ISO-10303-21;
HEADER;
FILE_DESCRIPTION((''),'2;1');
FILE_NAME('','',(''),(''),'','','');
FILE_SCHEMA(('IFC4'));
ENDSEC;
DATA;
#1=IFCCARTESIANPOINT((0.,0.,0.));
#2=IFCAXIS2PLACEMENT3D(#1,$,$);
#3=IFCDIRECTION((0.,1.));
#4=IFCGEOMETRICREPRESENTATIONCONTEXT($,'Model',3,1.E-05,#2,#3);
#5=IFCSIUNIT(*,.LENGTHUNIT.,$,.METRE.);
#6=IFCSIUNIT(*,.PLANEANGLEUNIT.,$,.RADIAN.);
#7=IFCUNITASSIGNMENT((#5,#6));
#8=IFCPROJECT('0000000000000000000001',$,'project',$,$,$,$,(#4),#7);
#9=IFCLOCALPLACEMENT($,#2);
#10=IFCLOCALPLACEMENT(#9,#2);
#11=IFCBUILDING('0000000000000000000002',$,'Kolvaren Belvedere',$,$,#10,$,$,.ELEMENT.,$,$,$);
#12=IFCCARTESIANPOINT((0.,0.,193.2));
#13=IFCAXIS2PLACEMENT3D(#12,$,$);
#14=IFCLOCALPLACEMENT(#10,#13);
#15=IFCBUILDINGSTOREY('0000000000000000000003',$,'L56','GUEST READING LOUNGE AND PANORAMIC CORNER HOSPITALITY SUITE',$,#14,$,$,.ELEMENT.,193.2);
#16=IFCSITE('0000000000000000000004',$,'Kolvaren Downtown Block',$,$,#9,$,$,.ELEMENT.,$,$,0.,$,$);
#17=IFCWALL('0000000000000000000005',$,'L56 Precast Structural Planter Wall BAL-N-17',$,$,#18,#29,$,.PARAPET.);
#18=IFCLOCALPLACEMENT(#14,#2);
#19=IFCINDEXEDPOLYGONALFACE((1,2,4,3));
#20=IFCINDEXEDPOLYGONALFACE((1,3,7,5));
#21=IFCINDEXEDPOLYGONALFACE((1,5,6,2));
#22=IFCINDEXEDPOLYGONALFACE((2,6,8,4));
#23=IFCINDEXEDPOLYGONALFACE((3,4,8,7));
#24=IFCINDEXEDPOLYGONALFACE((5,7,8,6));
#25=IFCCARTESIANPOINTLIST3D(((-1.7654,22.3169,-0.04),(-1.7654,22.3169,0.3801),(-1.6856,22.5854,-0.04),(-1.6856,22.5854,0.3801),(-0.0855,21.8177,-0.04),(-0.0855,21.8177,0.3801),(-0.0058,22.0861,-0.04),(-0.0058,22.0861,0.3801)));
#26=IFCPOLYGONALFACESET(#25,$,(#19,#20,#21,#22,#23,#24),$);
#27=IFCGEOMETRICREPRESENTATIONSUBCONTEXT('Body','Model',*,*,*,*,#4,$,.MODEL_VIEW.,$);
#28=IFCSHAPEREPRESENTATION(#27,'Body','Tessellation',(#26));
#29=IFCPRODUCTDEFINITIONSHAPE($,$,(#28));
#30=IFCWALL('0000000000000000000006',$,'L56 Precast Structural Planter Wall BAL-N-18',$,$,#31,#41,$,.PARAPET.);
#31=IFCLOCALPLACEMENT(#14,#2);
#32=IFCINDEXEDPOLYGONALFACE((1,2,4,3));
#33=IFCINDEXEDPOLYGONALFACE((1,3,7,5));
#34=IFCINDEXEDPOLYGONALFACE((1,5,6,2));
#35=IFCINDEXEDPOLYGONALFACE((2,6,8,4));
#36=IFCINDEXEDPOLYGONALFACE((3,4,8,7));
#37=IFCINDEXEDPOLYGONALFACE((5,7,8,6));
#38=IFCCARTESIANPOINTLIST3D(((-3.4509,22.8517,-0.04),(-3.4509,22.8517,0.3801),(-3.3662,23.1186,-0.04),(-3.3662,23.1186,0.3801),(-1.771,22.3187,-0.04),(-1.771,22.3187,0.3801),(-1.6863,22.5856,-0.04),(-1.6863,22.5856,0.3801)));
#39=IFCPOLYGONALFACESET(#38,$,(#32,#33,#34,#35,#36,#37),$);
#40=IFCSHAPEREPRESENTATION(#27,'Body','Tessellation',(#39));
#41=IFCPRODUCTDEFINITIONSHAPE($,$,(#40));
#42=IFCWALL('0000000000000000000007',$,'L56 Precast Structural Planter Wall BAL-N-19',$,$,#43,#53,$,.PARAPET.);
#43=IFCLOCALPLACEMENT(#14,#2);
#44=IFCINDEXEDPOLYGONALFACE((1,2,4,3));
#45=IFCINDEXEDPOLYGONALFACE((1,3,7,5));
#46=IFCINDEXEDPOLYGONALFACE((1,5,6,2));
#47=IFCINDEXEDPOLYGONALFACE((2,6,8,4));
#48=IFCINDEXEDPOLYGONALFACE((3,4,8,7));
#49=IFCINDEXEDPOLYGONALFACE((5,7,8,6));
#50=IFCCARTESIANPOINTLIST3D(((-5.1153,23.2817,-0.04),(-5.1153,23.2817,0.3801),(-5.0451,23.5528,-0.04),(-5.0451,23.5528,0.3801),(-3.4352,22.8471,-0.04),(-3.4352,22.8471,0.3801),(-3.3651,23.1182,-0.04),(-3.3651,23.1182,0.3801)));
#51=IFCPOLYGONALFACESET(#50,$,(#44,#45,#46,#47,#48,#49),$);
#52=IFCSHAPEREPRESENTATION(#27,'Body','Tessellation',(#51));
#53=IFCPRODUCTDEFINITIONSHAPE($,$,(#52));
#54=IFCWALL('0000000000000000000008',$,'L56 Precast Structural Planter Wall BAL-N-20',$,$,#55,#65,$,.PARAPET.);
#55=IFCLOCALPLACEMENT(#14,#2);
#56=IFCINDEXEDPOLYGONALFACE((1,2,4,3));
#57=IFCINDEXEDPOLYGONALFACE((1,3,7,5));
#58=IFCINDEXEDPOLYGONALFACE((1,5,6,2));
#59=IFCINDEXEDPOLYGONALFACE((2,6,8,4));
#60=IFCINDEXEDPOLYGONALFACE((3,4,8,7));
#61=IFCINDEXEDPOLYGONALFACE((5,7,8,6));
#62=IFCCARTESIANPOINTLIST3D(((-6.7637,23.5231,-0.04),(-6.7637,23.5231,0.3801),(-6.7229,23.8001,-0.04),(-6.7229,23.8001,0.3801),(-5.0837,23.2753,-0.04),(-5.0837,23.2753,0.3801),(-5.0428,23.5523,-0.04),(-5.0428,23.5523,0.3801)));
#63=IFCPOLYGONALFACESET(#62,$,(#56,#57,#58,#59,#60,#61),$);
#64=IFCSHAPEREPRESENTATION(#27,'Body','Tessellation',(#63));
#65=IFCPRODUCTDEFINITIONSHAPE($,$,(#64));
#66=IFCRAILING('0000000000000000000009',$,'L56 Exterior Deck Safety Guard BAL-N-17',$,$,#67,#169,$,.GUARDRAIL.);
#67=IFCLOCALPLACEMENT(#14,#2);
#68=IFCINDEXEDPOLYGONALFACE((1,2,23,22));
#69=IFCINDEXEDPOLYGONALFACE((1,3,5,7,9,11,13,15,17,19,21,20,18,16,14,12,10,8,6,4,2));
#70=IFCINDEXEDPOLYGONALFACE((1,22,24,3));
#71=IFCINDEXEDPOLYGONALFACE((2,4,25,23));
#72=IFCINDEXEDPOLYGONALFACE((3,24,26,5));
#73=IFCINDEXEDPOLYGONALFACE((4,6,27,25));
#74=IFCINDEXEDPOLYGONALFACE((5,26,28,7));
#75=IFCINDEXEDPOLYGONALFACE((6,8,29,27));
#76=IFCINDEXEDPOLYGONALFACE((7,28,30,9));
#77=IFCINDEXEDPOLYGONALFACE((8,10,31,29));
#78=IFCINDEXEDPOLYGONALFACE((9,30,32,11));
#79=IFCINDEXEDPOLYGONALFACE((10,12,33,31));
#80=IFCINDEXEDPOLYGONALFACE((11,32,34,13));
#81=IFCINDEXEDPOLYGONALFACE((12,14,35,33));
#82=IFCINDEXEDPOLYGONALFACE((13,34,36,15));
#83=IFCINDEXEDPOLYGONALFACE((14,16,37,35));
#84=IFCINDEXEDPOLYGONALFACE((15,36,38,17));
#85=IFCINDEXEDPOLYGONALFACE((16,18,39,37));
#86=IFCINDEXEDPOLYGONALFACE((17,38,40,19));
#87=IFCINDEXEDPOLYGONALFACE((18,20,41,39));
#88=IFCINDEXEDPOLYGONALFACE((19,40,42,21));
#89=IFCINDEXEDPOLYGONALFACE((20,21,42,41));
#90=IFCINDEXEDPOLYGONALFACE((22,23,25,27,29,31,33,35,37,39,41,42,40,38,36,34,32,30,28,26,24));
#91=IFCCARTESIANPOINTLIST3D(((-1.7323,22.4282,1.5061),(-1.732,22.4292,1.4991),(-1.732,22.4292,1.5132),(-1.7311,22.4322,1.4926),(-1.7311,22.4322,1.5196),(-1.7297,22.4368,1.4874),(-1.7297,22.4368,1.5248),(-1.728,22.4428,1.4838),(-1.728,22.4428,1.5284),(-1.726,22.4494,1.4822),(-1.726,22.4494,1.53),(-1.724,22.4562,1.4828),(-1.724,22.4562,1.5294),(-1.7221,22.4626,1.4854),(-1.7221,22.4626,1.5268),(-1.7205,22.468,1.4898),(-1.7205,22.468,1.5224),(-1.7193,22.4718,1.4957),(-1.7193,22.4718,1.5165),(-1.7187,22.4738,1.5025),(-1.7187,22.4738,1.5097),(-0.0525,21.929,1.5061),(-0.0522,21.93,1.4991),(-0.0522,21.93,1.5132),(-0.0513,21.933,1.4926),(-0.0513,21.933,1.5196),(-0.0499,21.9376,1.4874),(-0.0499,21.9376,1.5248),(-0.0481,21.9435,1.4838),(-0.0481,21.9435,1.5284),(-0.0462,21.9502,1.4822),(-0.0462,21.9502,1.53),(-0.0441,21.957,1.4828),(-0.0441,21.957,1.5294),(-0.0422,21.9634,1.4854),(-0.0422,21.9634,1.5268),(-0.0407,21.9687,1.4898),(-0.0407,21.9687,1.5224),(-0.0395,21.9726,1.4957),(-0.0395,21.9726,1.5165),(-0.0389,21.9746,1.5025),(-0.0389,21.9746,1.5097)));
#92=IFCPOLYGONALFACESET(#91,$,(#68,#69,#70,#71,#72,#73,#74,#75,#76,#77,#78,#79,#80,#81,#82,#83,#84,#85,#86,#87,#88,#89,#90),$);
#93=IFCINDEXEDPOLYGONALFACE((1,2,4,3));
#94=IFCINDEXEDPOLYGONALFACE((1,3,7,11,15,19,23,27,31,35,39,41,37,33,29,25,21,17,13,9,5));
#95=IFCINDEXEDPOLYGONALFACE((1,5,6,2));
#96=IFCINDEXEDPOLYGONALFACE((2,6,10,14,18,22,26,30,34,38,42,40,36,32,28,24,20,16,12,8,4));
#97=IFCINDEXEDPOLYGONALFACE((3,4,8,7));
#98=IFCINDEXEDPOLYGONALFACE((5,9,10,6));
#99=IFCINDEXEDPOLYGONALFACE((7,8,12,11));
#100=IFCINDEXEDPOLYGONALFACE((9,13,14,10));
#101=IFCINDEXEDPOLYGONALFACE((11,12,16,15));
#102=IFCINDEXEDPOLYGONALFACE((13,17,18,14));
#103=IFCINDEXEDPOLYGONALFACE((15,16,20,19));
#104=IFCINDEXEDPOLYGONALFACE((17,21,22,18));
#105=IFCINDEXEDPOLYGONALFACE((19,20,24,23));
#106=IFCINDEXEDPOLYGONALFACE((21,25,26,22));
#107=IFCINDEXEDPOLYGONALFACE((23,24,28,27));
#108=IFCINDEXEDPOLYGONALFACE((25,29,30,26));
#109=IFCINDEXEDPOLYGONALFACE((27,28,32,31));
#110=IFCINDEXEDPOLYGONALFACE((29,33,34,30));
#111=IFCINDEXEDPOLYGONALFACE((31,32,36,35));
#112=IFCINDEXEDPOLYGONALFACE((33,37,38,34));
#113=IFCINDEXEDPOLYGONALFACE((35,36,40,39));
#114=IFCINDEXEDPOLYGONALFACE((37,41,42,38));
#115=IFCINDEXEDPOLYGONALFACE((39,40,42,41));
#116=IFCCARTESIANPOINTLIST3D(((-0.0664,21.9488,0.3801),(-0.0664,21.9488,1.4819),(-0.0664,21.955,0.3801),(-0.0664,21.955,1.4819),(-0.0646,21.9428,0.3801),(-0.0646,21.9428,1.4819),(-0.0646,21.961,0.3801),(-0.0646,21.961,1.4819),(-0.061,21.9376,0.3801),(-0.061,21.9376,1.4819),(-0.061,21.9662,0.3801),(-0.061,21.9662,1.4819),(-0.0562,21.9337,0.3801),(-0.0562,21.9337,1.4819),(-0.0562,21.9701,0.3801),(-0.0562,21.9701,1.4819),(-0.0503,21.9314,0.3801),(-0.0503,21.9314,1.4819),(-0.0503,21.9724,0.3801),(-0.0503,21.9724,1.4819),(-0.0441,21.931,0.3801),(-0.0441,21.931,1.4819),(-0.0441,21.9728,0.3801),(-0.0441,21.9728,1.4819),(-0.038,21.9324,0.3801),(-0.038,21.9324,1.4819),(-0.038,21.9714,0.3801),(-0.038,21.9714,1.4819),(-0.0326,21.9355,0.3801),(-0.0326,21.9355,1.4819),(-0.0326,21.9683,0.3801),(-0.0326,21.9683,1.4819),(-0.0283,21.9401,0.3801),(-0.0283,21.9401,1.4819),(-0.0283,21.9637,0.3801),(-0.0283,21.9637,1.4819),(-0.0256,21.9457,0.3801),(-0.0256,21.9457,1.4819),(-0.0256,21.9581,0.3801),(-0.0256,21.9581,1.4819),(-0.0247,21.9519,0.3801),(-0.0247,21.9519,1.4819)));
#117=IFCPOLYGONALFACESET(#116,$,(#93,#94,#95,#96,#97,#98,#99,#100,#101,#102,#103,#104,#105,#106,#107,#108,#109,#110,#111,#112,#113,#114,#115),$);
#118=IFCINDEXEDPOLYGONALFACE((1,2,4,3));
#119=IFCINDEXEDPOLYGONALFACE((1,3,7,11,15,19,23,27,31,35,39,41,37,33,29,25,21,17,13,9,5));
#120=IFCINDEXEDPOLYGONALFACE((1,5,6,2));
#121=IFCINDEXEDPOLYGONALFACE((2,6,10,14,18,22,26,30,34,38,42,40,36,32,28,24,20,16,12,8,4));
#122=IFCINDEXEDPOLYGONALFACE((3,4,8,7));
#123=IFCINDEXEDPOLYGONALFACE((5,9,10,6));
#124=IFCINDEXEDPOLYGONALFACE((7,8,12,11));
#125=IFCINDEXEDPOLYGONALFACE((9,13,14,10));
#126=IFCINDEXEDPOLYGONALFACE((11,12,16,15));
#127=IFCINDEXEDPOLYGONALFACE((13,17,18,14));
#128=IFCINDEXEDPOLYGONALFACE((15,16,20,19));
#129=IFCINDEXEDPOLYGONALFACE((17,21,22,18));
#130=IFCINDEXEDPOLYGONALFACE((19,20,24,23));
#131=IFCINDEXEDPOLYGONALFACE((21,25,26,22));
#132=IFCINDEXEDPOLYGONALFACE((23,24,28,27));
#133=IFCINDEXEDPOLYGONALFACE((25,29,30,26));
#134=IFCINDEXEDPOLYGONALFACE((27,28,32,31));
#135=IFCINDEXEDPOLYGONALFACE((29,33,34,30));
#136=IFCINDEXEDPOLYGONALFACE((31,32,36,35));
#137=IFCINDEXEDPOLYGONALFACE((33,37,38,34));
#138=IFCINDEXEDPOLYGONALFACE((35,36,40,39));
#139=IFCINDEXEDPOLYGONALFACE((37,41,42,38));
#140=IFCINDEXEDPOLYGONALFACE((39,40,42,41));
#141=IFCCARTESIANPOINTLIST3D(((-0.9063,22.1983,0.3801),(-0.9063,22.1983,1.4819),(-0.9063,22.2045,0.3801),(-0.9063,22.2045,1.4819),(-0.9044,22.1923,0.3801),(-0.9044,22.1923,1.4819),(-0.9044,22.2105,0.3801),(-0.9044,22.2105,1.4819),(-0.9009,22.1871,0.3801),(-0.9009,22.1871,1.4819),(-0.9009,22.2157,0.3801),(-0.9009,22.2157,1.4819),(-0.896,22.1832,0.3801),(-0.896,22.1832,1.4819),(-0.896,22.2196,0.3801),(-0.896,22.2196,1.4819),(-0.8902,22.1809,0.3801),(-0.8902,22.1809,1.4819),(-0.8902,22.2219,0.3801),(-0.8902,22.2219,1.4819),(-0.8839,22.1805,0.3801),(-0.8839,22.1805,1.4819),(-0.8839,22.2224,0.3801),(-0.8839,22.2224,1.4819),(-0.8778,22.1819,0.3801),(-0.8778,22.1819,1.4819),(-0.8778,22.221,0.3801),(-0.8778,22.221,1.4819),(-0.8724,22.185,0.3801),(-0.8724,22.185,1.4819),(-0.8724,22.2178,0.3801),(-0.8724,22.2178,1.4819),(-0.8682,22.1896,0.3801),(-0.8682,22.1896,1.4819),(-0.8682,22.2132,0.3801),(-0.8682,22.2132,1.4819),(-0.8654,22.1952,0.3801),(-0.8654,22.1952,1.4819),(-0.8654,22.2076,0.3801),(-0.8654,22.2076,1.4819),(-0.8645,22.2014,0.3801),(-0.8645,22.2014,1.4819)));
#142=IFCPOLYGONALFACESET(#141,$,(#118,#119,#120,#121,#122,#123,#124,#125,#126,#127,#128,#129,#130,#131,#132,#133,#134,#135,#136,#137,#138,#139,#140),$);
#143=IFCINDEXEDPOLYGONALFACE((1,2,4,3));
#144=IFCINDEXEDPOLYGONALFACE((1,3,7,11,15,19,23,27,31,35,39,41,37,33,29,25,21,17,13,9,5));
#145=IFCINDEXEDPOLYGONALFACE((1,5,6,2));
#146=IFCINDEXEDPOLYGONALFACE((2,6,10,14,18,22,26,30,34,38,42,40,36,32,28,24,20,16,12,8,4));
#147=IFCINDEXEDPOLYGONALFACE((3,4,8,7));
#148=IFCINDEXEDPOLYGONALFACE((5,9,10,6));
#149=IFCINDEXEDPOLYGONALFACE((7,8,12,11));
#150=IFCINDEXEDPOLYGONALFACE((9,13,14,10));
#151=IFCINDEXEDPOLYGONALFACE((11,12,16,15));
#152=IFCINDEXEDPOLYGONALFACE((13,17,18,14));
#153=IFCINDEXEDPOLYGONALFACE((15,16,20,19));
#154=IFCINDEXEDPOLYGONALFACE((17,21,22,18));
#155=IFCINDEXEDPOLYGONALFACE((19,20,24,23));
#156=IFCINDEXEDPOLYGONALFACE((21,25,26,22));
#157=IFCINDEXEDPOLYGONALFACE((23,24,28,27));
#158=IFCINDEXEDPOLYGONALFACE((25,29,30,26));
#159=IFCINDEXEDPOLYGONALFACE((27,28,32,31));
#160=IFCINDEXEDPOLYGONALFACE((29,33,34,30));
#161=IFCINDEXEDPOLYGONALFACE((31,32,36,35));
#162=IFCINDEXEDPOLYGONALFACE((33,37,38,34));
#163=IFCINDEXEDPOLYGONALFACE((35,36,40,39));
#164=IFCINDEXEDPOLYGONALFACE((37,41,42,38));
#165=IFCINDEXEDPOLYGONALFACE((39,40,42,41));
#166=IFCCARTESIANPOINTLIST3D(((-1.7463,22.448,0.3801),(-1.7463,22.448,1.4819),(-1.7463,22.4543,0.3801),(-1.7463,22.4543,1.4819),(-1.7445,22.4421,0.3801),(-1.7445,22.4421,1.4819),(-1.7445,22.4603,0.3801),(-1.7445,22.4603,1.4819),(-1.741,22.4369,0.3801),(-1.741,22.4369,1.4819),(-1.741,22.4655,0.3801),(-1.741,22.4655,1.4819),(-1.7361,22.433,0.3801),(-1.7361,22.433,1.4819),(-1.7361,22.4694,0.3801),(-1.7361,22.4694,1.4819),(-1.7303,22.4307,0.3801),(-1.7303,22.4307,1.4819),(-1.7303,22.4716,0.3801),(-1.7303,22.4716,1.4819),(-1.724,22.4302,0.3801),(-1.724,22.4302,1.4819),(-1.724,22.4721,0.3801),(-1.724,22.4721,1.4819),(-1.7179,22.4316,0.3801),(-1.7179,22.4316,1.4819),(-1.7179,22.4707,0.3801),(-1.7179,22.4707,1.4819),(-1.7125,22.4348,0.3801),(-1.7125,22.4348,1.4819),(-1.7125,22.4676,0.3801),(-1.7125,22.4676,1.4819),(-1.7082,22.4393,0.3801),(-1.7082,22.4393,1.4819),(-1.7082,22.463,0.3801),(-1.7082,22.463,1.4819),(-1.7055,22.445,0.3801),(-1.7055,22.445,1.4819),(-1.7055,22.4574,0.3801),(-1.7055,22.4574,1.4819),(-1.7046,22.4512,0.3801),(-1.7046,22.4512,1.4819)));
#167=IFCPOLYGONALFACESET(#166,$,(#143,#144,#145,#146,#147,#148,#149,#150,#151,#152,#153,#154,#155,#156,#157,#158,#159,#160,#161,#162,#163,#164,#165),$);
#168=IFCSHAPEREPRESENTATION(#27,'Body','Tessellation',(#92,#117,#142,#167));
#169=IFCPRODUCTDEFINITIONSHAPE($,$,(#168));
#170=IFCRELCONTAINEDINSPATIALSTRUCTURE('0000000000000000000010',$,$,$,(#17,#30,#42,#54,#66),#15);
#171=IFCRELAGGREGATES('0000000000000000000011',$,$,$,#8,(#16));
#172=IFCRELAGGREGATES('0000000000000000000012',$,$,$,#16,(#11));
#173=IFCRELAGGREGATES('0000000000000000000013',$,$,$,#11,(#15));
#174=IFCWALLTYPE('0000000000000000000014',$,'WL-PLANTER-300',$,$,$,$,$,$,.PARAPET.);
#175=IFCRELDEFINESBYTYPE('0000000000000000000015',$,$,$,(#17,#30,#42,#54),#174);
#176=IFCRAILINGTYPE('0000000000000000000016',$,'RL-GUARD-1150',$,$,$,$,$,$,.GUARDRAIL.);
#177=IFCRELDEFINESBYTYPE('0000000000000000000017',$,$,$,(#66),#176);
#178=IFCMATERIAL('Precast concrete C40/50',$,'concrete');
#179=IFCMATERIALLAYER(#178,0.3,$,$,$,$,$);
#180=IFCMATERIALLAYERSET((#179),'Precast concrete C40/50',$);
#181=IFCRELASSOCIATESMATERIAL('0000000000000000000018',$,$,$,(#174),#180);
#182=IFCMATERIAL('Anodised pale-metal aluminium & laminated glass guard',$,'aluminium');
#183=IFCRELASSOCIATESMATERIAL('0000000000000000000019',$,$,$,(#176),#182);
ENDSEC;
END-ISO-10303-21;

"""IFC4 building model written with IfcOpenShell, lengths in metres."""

from ifc_helpers import new_model, si_unit, direction, frame, frame_2d, origin, origin_2d, place, context, subcontext, project, spatial, rectangle, circle, extrude, material, layer, layer_set, type_object, element, save


model = new_model("IFC4")

# Units and contexts
model_context = context("Model", 3, precision=1e-05, world=origin(), true_north=direction((0.0, 1.0)))
body_context = subcontext(model_context, "Body", "Model", "MODEL_VIEW")
ifc_project = project(units=[si_unit("LENGTHUNIT", "METRE"), si_unit("PLANEANGLEUNIT", "RADIAN")], contexts=[model_context])

# Site, building, storey
site_placement = place(None, origin())
site = spatial("IfcSite", under=ifc_project, at=site_placement, Name="Kolvaren Downtown Block", CompositionType="ELEMENT", RefElevation=0.0)
building_placement = place(site_placement, origin())
building = spatial("IfcBuilding", under=site, at=building_placement, Name="Kolvaren Belvedere", CompositionType="ELEMENT")
storey_placement = place(building_placement, frame((0.0, 0.0, 193.2)))
storey = spatial("IfcBuildingStorey", under=building, at=storey_placement, Name="L56", Description="GUEST READING LOUNGE AND PANORAMIC CORNER HOSPITALITY SUITE", CompositionType="ELEMENT", Elevation=193.2)

# Walls
ifc_material_1 = material(Name="Precast concrete C40/50", Category="concrete")
ifc_layer_1 = layer(ifc_material_1, 0.3)
ifc_layer_set_1 = layer_set([ifc_layer_1], Name="Precast concrete C40/50")
wall_type_1 = type_object("IfcWallType", Name="WL-PLANTER-300", PredefinedType="PARAPET", material=ifc_layer_set_1)
wall_1_placement = place(storey_placement, frame((-0.0457, 21.9519, -0.04), z_axis=(0.0, 0.0, 1.0), x_axis=(-0.958563, 0.28488, 0.0)))
element("IfcWall", 1, at=wall_1_placement, inside=storey, type_object=wall_type_1, Name="L56 Precast Structural Planter Wall BAL-N-17", PredefinedType="PARAPET", context=body_context, shape_type="SweptSolid", body=[
    extrude(rectangle(XDim=1.7524, YDim=0.28, at=frame_2d((0.8762, 0.0))), origin(), (0.0, 0.0, 1.0), 0.4202),
])
wall_2_placement = place(storey_placement, frame((-1.7285, 22.4521, -0.04), z_axis=(0.0, 0.0, 1.0), x_axis=(-0.953182, 0.302397, 0.0)))
element("IfcWall", 2, at=wall_2_placement, inside=storey, type_object=wall_type_1, Name="L56 Precast Structural Planter Wall BAL-N-18", PredefinedType="PARAPET", context=body_context, shape_type="SweptSolid", body=[
    extrude(rectangle(XDim=1.7625, YDim=0.28, at=frame_2d((0.8813, 0.0))), origin(), (0.0, 0.0, 1.0), 0.4202),
])
wall_3_placement = place(storey_placement, frame((-3.4001, 22.9827, -0.04), z_axis=(0.0, 0.0, 1.0), x_axis=(-0.968132, 0.25044, 0.0)))
element("IfcWall", 3, at=wall_3_placement, inside=storey, type_object=wall_type_1, Name="L56 Precast Structural Planter Wall BAL-N-19", PredefinedType="PARAPET", context=body_context, shape_type="SweptSolid", body=[
    extrude(rectangle(XDim=1.7354, YDim=0.28, at=frame_2d((0.8677, 0.0))), origin(), (0.0, 0.0, 1.0), 0.4202),
])
wall_4_placement = place(storey_placement, frame((-5.0632, 23.4138, -0.04), z_axis=(0.0, 0.0, 1.0), x_axis=(-0.989298, 0.145908, 0.0)))
element("IfcWall", 4, at=wall_4_placement, inside=storey, type_object=wall_type_1, Name="L56 Precast Structural Planter Wall BAL-N-20", PredefinedType="PARAPET", context=body_context, shape_type="SweptSolid", body=[
    extrude(rectangle(XDim=1.6982, YDim=0.28, at=frame_2d((0.8491, 0.0))), origin(), (0.0, 0.0, 1.0), 0.4202),
])

# Railing
ifc_material_2 = material(Name="Anodised pale-metal aluminium & laminated glass guard", Category="aluminium")
railing_type = type_object("IfcRailingType", Name="RL-GUARD-1150", PredefinedType="GUARDRAIL", material=ifc_material_2)
railing_1_placement = place(storey_placement, frame((-0.0457, 21.9519, 0.3801)))
element("IfcRailing", 5, at=railing_1_placement, inside=storey, type_object=railing_type, Name="L56 Exterior Deck Safety Guard BAL-N-17", PredefinedType="GUARDRAIL", context=body_context, shape_type="SweptSolid", body=[
    extrude(circle(Radius=0.0239, at=origin_2d()), frame((0.0, 0.0, 1.126), z_axis=(-0.958563, 0.28488, 0.0), x_axis=(-0.28488, -0.958563, 0.0)), (0.0, 0.0, 1.0), 1.7524),
    extrude(circle(Radius=0.021, at=origin_2d()), origin(), (0.0, 0.0, 1.0), 1.1018),
    extrude(circle(Radius=0.021, at=origin_2d()), frame((-0.8398, 0.2495, 0.0)), (0.0, 0.0, 1.0), 1.1018),
    extrude(circle(Radius=0.021, at=origin_2d()), frame((-1.6799, 0.4993, 0.0)), (0.0, 0.0, 1.0), 1.1018),
])

save(model, "model.ifc")
